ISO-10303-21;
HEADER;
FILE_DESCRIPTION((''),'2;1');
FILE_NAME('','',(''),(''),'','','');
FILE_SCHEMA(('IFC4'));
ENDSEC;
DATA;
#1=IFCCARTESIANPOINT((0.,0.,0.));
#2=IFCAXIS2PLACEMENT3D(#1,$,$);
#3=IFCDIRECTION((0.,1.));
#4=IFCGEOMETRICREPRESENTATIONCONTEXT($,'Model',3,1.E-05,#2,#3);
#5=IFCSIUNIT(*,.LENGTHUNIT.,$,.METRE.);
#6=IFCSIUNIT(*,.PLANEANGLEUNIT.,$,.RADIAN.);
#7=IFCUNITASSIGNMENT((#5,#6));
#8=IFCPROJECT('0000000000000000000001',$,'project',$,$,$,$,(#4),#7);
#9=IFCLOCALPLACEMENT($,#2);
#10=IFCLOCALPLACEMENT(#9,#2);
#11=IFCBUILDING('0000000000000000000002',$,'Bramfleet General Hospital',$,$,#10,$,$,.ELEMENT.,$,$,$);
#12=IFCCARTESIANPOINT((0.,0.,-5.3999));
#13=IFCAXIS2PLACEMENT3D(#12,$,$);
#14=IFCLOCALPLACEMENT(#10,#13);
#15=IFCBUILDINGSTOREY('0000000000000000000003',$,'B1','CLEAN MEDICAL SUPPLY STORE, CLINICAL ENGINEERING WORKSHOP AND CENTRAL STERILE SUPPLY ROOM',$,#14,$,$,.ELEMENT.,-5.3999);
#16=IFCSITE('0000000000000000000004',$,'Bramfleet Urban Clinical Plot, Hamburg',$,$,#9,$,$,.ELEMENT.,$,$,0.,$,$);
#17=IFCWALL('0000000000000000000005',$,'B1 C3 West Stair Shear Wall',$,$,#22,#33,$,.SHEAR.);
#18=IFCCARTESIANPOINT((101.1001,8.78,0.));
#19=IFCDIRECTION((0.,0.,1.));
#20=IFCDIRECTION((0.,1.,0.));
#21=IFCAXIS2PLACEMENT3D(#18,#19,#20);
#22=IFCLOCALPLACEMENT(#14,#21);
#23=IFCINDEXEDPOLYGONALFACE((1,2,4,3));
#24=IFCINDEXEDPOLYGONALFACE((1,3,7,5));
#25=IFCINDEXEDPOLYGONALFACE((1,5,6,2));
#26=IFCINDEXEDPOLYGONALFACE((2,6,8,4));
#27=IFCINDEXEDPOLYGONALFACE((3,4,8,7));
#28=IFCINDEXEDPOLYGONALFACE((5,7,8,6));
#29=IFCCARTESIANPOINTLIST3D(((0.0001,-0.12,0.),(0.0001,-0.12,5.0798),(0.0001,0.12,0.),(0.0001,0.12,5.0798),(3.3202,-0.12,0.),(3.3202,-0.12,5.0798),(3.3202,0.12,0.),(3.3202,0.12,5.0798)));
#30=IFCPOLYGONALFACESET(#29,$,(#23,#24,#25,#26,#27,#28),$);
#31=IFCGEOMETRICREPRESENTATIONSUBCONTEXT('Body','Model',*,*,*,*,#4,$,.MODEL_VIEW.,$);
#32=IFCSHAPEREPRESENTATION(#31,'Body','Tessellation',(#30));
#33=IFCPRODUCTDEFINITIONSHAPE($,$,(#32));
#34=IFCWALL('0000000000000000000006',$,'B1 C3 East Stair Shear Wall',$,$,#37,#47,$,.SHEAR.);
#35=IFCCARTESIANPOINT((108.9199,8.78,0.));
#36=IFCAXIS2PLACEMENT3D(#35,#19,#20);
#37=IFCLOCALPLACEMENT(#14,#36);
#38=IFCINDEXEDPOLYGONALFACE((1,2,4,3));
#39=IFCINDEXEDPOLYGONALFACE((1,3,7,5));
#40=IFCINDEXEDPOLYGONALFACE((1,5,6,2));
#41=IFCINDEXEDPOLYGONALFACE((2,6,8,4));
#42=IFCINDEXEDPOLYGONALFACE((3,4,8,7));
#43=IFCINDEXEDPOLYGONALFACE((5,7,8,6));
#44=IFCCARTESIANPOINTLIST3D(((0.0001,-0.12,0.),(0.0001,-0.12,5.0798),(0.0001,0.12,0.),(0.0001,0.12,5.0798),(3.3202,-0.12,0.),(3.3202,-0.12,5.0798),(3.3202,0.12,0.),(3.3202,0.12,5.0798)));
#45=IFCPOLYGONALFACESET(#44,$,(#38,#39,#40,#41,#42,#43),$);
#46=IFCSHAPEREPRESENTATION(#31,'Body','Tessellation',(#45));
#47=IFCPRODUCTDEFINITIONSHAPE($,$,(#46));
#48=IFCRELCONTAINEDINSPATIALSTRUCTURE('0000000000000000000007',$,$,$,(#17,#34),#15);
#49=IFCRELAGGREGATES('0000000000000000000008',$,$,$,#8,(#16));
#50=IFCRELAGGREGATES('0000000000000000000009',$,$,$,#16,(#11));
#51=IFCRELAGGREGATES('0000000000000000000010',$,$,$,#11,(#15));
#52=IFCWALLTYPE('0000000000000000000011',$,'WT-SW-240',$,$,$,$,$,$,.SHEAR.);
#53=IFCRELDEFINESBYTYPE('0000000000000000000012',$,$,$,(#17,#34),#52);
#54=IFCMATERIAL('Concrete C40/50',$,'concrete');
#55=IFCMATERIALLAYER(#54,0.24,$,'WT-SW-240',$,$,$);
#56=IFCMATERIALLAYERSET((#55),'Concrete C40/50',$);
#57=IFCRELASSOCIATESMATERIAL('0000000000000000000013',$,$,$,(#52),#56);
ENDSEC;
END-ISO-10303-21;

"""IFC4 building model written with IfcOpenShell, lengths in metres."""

from ifc_helpers import new_model, si_unit, direction, frame, frame_2d, origin, place, context, subcontext, project, spatial, rectangle, extrude, material, layer, layer_set, type_object, element, save


model = new_model("IFC4")

# Units and contexts
model_context = context("Model", 3, precision=1e-05, world=origin(), true_north=direction((0.0, 1.0)))
body_context = subcontext(model_context, "Body", "Model", "MODEL_VIEW")
ifc_project = project(units=[si_unit("LENGTHUNIT", "METRE"), si_unit("PLANEANGLEUNIT", "RADIAN")], contexts=[model_context])

# Site, building, storey
site_placement = place(None, origin())
site = spatial("IfcSite", under=ifc_project, at=site_placement, Name="Bramfleet Urban Clinical Plot, Hamburg", CompositionType="ELEMENT", RefElevation=0.0)
building_placement = place(site_placement, origin())
building = spatial("IfcBuilding", under=site, at=building_placement, Name="Bramfleet General Hospital", CompositionType="ELEMENT")
storey_placement = place(building_placement, frame((0.0, 0.0, -5.3999)))
storey = spatial("IfcBuildingStorey", under=building, at=storey_placement, Name="B1", Description="CLEAN MEDICAL SUPPLY STORE, CLINICAL ENGINEERING WORKSHOP AND CENTRAL STERILE SUPPLY ROOM", CompositionType="ELEMENT", Elevation=-5.3999)

# Shared definitions
ifc_material_1 = material(Name="Concrete C40/50", Category="concrete")

# Walls
ifc_layer_1 = layer(ifc_material_1, 0.24, Name="WT-SW-240")
ifc_layer_set_1 = layer_set([ifc_layer_1], Name="Concrete C40/50")
wall_type_1 = type_object("IfcWallType", Name="WT-SW-240", PredefinedType="SHEAR", material=ifc_layer_set_1)
for number, where, z_axis, x_axis, name in (
    (1, (101.1001, 8.78, 0.0), (0.0, 0.0, 1.0), (0.0, 1.0, 0.0), "B1 C3 West Stair Shear Wall"),
    (2, (108.9199, 8.78, 0.0), (0.0, 0.0, 1.0), (0.0, 1.0, 0.0), "B1 C3 East Stair Shear Wall"),
):
    element("IfcWall", number, at=place(storey_placement, frame(where, z_axis=z_axis, x_axis=x_axis)), inside=storey, type_object=wall_type_1, Name=name, PredefinedType="SHEAR", context=body_context, shape_type="SweptSolid", body=[
        extrude(rectangle(XDim=3.3201, YDim=0.24, at=frame_2d((1.6602, 0.0))), origin(), (0.0, 0.0, 1.0), 5.0798),
    ])

save(model, "model.ifc")
